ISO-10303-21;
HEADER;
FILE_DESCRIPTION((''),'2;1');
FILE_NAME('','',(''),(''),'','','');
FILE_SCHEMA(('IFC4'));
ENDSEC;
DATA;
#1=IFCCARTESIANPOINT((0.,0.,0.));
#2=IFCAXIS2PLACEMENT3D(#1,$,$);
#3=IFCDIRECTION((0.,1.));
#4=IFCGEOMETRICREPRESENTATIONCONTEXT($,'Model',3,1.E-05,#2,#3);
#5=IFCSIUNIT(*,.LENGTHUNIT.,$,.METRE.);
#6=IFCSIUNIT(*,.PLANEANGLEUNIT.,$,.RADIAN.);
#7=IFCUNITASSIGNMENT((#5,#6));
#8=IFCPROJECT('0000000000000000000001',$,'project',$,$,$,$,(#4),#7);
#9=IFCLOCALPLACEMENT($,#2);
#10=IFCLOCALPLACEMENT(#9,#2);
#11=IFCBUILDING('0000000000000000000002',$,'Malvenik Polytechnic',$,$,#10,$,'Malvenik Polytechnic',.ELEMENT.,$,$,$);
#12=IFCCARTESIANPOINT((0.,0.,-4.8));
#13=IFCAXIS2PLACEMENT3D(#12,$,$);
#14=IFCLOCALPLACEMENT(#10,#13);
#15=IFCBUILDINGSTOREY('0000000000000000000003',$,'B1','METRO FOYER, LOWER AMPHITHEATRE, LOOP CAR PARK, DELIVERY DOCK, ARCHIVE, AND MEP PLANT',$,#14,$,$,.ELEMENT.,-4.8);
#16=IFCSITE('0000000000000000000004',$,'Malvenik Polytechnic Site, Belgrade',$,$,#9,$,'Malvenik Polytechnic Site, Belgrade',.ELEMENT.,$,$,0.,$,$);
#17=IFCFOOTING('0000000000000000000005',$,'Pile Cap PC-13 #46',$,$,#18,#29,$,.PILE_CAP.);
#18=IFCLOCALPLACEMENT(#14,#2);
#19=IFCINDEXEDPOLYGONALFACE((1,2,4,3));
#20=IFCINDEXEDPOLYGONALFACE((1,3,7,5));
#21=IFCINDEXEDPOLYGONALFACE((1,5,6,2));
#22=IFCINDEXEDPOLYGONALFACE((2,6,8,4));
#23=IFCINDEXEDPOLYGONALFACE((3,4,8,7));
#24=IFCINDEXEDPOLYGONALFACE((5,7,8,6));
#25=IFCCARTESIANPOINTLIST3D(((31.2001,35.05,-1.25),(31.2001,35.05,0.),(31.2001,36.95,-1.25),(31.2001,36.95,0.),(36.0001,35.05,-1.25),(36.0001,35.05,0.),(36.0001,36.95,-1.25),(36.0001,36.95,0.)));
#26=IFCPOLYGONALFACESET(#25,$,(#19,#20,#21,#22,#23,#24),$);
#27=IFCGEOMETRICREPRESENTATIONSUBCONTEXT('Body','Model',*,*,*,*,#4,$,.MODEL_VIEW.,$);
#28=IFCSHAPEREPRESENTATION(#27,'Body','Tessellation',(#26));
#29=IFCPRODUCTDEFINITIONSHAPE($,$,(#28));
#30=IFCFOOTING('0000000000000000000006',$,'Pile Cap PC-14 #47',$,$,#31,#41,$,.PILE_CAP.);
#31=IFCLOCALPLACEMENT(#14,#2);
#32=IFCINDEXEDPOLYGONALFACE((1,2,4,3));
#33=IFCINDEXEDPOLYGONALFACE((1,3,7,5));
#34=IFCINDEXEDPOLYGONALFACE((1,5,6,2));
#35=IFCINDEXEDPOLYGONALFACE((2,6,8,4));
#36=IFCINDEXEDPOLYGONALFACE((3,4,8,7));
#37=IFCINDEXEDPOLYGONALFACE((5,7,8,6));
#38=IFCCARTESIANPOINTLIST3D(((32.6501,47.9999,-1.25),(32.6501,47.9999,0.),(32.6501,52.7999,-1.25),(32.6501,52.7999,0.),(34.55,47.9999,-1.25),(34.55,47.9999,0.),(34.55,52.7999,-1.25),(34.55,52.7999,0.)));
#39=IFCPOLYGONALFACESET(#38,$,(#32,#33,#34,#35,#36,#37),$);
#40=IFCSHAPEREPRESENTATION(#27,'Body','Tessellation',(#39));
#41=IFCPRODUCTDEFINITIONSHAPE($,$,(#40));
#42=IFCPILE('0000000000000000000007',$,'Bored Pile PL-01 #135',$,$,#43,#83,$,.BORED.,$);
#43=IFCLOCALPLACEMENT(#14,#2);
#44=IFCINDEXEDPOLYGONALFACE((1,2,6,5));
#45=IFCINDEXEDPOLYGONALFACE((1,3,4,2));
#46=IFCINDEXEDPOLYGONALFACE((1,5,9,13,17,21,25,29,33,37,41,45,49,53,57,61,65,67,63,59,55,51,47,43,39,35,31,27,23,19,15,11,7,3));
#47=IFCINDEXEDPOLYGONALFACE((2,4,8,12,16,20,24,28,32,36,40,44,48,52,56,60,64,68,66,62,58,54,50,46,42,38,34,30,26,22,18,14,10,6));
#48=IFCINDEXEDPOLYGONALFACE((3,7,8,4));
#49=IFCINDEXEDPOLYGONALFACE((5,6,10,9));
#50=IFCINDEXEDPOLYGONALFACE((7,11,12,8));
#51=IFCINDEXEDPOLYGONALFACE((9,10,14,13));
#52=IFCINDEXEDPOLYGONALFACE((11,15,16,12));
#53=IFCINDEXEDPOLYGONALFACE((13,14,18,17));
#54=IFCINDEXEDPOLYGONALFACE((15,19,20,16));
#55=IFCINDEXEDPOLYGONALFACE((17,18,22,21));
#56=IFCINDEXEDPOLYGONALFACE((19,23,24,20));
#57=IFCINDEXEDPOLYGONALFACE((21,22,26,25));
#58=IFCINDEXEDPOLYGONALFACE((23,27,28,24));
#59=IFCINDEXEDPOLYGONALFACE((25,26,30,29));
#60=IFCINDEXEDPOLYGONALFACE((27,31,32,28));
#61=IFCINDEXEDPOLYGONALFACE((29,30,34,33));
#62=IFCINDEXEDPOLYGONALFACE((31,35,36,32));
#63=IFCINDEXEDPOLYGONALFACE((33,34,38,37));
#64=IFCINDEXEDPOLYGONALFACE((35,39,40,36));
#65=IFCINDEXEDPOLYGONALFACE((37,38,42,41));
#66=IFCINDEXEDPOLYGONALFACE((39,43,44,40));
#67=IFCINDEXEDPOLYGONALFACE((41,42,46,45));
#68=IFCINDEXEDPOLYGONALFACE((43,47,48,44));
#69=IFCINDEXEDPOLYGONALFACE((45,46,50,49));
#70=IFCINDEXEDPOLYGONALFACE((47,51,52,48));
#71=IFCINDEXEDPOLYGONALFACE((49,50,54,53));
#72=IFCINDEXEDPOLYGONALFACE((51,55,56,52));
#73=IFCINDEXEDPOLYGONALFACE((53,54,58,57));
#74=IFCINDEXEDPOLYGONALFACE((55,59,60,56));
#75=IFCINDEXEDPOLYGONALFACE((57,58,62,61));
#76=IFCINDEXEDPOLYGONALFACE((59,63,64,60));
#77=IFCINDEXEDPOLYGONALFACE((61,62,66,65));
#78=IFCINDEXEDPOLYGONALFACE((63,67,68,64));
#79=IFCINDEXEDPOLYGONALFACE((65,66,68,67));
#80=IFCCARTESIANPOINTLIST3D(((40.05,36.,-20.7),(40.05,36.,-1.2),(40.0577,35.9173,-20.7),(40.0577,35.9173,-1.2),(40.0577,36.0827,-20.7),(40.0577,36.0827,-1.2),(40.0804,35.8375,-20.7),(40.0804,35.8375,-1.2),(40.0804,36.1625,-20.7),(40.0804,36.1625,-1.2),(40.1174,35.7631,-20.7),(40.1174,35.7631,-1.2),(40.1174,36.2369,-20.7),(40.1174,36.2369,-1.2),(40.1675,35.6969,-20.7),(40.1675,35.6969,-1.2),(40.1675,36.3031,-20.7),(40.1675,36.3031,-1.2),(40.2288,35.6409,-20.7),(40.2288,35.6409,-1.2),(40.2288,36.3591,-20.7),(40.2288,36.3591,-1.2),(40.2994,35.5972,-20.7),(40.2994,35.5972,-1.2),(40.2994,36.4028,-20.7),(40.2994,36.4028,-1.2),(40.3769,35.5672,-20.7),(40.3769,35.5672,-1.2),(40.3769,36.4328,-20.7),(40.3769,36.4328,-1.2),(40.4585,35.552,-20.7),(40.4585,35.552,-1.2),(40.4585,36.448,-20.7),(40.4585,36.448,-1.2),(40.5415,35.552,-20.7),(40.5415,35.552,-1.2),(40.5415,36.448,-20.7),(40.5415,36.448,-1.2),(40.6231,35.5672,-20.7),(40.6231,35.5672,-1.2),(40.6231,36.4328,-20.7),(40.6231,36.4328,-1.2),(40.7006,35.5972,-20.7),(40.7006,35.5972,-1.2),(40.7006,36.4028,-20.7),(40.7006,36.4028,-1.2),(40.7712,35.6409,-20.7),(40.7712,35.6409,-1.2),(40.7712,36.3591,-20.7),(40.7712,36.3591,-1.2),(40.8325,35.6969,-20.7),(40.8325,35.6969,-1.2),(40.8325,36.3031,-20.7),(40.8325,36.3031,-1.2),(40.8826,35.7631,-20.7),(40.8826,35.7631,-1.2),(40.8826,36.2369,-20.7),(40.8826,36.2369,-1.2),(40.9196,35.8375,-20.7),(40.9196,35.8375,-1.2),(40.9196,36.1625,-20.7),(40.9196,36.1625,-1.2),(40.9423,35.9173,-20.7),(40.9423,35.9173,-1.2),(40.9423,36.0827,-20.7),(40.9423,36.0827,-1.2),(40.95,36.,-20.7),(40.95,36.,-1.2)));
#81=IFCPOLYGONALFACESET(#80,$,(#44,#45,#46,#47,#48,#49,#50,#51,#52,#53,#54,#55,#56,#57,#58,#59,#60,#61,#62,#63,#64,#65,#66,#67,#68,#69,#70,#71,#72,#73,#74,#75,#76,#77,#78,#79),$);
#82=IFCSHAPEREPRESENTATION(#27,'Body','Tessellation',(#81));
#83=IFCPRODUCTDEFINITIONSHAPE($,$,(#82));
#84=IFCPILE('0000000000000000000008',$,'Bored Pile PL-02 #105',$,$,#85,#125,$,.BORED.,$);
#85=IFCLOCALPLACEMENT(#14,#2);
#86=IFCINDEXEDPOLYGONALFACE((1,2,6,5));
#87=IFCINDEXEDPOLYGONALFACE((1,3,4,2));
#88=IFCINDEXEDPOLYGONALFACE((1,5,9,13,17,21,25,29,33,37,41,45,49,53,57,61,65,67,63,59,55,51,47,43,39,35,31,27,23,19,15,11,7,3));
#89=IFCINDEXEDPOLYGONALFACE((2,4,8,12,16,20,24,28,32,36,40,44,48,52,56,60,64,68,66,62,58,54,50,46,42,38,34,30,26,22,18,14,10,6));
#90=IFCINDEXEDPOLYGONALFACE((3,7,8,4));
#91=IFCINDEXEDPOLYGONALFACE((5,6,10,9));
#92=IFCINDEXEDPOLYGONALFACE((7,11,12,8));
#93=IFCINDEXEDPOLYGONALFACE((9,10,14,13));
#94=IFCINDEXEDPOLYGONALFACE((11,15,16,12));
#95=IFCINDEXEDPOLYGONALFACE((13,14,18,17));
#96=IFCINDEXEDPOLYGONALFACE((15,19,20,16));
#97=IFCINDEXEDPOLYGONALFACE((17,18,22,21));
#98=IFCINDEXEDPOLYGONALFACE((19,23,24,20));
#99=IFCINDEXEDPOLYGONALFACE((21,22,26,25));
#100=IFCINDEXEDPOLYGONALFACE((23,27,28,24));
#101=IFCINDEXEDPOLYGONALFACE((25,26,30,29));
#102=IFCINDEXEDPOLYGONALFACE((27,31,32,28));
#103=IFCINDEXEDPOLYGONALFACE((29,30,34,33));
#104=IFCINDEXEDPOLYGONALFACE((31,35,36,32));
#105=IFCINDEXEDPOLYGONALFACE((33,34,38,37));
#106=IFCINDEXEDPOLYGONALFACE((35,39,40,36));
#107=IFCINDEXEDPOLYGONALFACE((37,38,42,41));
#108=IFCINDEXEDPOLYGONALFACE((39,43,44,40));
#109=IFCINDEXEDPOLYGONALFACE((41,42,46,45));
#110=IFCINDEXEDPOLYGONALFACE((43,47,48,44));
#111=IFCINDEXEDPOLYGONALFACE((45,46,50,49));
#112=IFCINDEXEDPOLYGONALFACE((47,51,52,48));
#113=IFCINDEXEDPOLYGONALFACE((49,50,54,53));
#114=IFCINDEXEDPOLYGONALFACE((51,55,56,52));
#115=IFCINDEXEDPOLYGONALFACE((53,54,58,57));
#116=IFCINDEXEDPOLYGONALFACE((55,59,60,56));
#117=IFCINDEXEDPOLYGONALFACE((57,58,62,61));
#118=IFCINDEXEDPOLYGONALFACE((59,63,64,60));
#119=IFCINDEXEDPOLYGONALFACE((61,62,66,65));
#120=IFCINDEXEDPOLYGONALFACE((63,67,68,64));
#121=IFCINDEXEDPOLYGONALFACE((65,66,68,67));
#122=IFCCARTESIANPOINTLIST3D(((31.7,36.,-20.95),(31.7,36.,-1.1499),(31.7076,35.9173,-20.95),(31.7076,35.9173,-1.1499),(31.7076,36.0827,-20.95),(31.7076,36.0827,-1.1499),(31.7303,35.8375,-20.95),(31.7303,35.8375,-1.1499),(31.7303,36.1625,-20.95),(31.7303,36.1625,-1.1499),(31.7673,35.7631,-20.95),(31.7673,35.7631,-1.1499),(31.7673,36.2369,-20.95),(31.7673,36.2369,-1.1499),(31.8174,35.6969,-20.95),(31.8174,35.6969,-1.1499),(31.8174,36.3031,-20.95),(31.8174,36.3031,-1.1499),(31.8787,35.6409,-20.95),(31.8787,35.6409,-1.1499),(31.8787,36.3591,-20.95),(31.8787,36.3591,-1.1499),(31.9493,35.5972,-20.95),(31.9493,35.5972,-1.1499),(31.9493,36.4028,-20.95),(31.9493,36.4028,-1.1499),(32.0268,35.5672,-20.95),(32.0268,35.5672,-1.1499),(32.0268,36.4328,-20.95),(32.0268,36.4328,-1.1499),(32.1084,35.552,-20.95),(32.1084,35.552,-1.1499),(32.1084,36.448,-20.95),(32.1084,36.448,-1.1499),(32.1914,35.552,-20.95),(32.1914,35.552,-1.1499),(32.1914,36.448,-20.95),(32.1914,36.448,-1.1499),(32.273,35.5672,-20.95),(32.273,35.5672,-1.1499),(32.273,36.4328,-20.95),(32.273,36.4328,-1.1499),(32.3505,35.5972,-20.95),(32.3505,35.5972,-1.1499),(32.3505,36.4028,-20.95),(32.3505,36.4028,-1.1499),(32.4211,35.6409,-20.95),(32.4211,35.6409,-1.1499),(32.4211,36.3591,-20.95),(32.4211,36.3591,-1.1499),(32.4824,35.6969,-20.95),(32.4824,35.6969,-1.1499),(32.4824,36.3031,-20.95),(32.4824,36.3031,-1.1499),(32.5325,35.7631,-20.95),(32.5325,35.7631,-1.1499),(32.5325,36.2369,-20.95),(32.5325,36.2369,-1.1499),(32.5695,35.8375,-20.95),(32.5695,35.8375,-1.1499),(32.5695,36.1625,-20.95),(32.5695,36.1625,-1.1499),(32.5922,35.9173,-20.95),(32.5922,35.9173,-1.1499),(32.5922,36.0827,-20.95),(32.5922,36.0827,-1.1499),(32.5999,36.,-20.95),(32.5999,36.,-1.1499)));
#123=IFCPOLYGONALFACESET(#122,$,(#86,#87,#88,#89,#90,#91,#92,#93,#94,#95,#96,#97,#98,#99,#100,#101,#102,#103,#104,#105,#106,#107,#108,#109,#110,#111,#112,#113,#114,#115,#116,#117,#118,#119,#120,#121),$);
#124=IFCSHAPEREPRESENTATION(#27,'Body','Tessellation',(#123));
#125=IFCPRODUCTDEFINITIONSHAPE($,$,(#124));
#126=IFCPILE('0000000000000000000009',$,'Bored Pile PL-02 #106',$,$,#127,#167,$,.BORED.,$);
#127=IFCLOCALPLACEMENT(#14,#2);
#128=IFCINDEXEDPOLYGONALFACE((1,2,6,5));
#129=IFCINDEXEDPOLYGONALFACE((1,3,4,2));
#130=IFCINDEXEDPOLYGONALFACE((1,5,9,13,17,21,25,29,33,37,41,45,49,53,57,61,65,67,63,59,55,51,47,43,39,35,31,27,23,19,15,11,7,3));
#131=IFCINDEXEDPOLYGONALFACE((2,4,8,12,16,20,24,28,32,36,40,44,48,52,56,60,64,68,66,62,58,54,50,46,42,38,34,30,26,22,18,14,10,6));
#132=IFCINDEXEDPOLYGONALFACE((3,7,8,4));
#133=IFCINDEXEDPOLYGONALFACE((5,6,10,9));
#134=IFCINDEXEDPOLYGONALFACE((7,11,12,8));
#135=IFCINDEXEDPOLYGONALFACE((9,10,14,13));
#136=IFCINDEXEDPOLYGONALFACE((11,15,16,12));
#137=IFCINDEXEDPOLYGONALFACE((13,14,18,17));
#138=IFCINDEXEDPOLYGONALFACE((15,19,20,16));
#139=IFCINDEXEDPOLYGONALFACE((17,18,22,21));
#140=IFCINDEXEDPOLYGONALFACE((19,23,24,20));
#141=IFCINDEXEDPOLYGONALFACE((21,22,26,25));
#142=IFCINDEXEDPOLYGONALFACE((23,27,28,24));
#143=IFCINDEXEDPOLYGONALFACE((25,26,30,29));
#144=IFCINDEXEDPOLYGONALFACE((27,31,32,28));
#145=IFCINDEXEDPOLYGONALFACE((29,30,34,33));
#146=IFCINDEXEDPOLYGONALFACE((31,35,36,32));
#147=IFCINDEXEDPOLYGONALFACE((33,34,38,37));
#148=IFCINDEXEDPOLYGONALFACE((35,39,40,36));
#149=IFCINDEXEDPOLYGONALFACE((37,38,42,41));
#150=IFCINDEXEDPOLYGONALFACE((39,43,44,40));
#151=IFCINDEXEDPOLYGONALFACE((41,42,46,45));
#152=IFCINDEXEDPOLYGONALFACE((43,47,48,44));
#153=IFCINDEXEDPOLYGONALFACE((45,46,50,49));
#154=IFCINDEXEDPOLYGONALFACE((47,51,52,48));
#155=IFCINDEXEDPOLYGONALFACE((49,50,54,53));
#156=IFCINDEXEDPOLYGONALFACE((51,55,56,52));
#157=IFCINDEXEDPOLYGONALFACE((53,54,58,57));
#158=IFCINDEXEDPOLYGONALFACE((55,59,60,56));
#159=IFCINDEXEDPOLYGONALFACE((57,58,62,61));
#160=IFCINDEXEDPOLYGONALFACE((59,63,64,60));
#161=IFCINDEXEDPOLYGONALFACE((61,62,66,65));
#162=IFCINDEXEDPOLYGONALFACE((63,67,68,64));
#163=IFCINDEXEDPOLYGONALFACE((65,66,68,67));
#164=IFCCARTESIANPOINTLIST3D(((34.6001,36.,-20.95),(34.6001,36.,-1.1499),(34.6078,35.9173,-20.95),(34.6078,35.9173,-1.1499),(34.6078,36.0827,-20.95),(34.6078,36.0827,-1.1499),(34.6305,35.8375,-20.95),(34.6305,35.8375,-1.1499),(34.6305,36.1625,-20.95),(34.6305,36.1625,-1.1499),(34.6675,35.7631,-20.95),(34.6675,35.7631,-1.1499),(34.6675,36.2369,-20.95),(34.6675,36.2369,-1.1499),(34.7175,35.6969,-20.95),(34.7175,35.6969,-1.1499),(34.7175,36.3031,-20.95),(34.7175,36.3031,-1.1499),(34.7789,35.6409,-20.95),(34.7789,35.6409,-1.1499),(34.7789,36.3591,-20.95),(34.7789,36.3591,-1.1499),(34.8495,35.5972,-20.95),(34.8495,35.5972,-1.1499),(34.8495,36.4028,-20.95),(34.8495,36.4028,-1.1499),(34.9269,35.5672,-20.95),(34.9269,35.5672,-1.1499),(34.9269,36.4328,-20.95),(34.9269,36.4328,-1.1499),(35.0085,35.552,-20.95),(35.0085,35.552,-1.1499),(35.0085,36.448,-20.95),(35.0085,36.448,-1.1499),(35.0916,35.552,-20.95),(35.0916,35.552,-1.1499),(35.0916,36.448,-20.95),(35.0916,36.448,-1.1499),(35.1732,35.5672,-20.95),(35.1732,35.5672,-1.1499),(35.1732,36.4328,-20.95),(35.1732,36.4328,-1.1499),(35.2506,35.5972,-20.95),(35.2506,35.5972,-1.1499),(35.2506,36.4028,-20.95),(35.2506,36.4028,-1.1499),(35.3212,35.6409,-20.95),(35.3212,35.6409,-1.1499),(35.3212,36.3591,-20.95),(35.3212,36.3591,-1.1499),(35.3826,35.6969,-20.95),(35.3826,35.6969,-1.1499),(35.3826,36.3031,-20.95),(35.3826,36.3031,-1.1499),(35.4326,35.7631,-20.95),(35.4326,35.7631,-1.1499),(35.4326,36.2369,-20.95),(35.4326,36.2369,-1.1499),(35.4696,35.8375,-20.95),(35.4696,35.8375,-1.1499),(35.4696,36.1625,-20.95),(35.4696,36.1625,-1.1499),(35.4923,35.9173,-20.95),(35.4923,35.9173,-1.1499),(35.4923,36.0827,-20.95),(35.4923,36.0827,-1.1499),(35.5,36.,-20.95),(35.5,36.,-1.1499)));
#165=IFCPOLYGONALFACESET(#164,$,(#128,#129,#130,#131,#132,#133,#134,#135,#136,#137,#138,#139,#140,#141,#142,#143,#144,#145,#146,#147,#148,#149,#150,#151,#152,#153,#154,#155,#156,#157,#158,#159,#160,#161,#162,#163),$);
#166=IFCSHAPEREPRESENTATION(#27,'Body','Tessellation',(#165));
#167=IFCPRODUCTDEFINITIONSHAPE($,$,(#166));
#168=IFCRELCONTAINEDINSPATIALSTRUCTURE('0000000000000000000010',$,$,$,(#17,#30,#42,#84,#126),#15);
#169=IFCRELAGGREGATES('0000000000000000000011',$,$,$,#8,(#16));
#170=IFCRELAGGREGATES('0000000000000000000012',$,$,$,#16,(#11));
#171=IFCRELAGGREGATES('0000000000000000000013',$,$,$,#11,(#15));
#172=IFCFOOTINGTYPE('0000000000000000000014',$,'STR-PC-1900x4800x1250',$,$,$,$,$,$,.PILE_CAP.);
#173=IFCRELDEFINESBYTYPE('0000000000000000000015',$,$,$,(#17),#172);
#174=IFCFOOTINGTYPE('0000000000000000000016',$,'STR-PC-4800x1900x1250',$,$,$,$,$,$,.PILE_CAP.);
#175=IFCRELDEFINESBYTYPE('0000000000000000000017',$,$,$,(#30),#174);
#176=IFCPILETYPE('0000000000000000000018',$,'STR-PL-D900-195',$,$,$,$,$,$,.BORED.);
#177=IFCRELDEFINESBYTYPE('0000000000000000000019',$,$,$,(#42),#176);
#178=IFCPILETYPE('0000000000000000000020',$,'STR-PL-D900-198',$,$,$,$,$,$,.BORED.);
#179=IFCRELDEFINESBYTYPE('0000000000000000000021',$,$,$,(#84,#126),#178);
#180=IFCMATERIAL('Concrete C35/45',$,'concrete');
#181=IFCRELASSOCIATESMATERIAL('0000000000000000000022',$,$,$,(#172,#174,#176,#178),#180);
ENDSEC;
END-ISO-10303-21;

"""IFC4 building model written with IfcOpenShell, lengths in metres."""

from ifc_helpers import new_model, si_unit, direction, frame, origin, origin_2d, place, context, subcontext, project, spatial, rectangle, circle, extrude, material, material_profile, profile_set, type_object, element, save


model = new_model("IFC4")

# Units and contexts
model_context = context("Model", 3, precision=1e-05, world=origin(), true_north=direction((0.0, 1.0)))
body_context = subcontext(model_context, "Body", "Model", "MODEL_VIEW")
ifc_project = project(units=[si_unit("LENGTHUNIT", "METRE"), si_unit("PLANEANGLEUNIT", "RADIAN")], contexts=[model_context])

# Site, building, storey
site_placement = place(None, origin())
site = spatial("IfcSite", under=ifc_project, at=site_placement, Name="Malvenik Polytechnic Site, Belgrade", LongName="Malvenik Polytechnic Site, Belgrade", CompositionType="ELEMENT", RefElevation=0.0)
building_placement = place(site_placement, origin())
building = spatial("IfcBuilding", under=site, at=building_placement, Name="Malvenik Polytechnic", LongName="Malvenik Polytechnic", CompositionType="ELEMENT")
storey_placement = place(building_placement, frame((0.0, 0.0, -4.8)))
storey = spatial("IfcBuildingStorey", under=building, at=storey_placement, Name="B1", Description="METRO FOYER, LOWER AMPHITHEATRE, LOOP CAR PARK, DELIVERY DOCK, ARCHIVE, AND MEP PLANT", CompositionType="ELEMENT", Elevation=-4.8)

# Footings
ifc_material_1 = material(Name="Concrete C35/45", Category="concrete")
footing_type_1 = type_object("IfcFootingType", Name="STR-PC-1900x4800x1250", PredefinedType="PILE_CAP", material=ifc_material_1)
footing_1_placement = place(storey_placement, frame((33.6001, 36.0, -1.25), z_axis=(0.0, 0.0, 1.0), x_axis=(1.0, 0.0, 0.0)))
element("IfcFooting", 1, at=footing_1_placement, inside=storey, type_object=footing_type_1, Name="Pile Cap PC-13 #46", PredefinedType="PILE_CAP", context=body_context, shape_type="SweptSolid", body=[
    extrude(rectangle(XDim=4.8, YDim=1.8999, at=origin_2d()), origin(), (0.0, 0.0, 1.0), 1.25),
])
footing_type_2 = type_object("IfcFootingType", Name="STR-PC-4800x1900x1250", PredefinedType="PILE_CAP", material=ifc_material_1)
footing_2_placement = place(storey_placement, frame((33.6001, 50.3999, -1.25), z_axis=(0.0, 0.0, 1.0), x_axis=(1.0, 0.0, 0.0)))
element("IfcFooting", 2, at=footing_2_placement, inside=storey, type_object=footing_type_2, Name="Pile Cap PC-14 #47", PredefinedType="PILE_CAP", context=body_context, shape_type="SweptSolid", body=[
    extrude(rectangle(XDim=1.8999, YDim=4.8, at=origin_2d()), origin(), (0.0, 0.0, 1.0), 1.25),
])

# Piles
ifc_material_profile_1 = material_profile(ifc_material_1, circle(Radius=0.45, at=origin_2d()), Name="BORED PILE D900")
ifc_profile_set_1 = profile_set([ifc_material_profile_1], Name="Concrete C35/45")
pile_type_1 = type_object("IfcPileType", Name="STR-PL-D900-195", PredefinedType="BORED", material=ifc_profile_set_1)
pile_placement = place(storey_placement, frame((40.5, 36.0, -1.2), z_axis=(0.0, 0.0, -1.0), x_axis=(1.0, 0.0, 0.0)))
element("IfcPile", 3, at=pile_placement, inside=storey, type_object=pile_type_1, Name="Bored Pile PL-01 #135", PredefinedType="BORED", context=body_context, shape_type="SweptSolid", body=[
    extrude(circle(Radius=0.45, at=origin_2d()), origin(), (0.0, 0.0, 1.0), 19.5),
])
ifc_material_profile_2 = material_profile(ifc_material_1, circle(Radius=0.45, at=origin_2d()), Name="BORED PILE D900")
ifc_profile_set_2 = profile_set([ifc_material_profile_2], Name="Concrete C35/45")
pile_type_2 = type_object("IfcPileType", Name="STR-PL-D900-198", PredefinedType="BORED", material=ifc_profile_set_2)
for number, where, z_axis, x_axis, name in (
    (4, (32.1499, 36.0, -1.1499), (0.0, 0.0, -1.0), (1.0, 0.0, 0.0), "Bored Pile PL-02 #105"),
    (5, (35.05, 36.0, -1.1499), (0.0, 0.0, -1.0), (1.0, 0.0, 0.0), "Bored Pile PL-02 #106"),
):
    element("IfcPile", number, at=place(storey_placement, frame(where, z_axis=z_axis, x_axis=x_axis)), inside=storey, type_object=pile_type_2, Name=name, PredefinedType="BORED", context=body_context, shape_type="SweptSolid", body=[
        extrude(circle(Radius=0.45, at=origin_2d()), origin(), (0.0, 0.0, 1.0), 19.8),
    ])

save(model, "model.ifc")
